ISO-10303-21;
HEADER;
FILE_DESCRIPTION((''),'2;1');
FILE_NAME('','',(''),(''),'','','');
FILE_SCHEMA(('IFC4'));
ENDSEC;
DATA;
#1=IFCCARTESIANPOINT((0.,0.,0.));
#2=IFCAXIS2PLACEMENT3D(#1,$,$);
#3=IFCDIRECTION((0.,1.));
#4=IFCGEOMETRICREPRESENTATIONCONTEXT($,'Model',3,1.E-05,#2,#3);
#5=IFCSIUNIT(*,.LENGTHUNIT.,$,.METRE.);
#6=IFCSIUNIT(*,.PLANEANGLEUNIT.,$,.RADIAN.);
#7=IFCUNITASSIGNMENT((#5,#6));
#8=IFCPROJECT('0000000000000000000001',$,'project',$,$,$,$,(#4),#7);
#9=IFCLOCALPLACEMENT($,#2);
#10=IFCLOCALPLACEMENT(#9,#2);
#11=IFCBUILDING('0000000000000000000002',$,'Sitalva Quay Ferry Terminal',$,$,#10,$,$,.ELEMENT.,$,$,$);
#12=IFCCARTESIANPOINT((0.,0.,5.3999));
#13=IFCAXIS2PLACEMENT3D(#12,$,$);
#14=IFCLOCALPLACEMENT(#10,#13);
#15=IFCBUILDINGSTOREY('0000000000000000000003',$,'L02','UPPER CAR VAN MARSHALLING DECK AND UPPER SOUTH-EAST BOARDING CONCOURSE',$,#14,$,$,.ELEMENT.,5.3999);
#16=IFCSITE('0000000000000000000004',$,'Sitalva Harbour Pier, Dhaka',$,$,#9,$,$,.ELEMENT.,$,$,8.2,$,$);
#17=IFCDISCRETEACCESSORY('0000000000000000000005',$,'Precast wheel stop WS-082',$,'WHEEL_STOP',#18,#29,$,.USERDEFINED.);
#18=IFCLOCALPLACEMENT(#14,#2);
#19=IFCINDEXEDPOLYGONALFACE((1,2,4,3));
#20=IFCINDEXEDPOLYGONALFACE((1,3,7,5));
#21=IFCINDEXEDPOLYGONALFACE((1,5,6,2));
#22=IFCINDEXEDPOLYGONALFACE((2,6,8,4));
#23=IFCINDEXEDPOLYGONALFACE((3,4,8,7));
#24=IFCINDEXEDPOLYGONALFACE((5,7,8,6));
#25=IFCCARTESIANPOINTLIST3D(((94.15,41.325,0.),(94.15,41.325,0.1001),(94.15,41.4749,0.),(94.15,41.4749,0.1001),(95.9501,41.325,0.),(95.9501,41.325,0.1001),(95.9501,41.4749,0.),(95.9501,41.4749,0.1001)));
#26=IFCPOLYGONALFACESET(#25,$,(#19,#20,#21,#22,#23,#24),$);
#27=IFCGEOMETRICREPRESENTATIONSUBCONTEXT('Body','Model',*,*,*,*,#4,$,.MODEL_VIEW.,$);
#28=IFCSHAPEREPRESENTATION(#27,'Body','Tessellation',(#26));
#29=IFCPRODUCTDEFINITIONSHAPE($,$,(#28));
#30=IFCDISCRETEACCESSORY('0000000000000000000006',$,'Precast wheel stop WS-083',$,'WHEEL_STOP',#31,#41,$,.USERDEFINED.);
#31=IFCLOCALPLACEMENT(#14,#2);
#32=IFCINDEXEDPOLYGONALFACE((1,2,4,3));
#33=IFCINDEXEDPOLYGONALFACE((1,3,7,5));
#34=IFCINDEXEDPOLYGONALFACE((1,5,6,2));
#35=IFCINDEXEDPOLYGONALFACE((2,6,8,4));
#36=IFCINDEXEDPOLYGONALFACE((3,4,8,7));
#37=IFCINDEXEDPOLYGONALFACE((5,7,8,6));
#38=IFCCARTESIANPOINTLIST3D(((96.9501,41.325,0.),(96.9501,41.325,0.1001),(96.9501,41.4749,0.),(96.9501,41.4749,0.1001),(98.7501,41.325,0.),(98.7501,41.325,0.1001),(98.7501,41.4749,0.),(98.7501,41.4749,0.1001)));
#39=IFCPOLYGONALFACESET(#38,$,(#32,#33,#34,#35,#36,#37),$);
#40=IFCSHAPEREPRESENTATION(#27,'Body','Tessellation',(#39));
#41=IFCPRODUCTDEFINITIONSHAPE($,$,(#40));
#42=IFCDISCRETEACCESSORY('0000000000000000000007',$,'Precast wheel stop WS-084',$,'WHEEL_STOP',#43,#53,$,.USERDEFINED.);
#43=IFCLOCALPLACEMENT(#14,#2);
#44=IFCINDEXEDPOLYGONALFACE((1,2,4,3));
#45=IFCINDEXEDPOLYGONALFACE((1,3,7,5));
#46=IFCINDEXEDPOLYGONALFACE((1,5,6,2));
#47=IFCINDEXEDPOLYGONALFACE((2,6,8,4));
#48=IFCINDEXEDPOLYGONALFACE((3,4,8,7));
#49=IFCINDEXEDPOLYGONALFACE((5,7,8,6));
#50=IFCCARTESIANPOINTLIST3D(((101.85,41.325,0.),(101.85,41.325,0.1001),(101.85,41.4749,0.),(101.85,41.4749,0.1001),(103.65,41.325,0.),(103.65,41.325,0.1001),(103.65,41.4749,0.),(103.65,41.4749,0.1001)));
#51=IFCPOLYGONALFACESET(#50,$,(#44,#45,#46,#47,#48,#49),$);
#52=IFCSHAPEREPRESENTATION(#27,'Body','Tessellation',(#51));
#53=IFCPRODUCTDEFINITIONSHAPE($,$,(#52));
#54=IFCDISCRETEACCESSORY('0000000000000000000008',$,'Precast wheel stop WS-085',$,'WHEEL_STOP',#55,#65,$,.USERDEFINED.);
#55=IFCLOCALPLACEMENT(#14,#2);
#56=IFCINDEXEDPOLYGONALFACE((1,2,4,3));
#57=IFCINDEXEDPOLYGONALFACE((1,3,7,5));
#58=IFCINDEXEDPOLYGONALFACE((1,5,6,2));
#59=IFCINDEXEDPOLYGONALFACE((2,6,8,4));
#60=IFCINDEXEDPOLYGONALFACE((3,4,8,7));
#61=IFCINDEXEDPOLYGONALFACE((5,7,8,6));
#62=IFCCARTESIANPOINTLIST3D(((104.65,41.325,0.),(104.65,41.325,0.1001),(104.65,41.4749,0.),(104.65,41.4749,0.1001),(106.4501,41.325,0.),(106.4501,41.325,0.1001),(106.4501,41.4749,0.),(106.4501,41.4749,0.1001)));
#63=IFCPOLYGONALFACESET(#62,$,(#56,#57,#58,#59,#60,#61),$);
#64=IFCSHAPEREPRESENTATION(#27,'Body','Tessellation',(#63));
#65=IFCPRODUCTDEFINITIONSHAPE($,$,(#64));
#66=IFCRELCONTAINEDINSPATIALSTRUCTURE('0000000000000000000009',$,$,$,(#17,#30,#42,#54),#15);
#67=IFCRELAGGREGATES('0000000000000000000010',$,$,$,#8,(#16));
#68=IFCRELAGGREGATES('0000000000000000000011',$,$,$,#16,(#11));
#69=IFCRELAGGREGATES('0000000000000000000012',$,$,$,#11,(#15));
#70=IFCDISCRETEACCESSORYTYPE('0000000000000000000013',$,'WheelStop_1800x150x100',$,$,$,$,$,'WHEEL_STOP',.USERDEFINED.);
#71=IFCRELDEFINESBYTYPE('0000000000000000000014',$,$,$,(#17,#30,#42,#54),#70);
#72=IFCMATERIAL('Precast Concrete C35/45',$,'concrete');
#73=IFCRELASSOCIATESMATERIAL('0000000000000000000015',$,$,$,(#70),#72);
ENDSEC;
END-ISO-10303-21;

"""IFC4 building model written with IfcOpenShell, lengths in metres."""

from ifc_helpers import new_model, si_unit, direction, frame, origin, origin_2d, place, context, subcontext, project, spatial, rectangle, extrude, material, type_object, element, save


model = new_model("IFC4")

# Units and contexts
model_context = context("Model", 3, precision=1e-05, world=origin(), true_north=direction((0.0, 1.0)))
body_context = subcontext(model_context, "Body", "Model", "MODEL_VIEW")
ifc_project = project(units=[si_unit("LENGTHUNIT", "METRE"), si_unit("PLANEANGLEUNIT", "RADIAN")], contexts=[model_context])

# Site, building, storey
site_placement = place(None, origin())
site = spatial("IfcSite", under=ifc_project, at=site_placement, Name="Sitalva Harbour Pier, Dhaka", CompositionType="ELEMENT", RefElevation=8.2)
building_placement = place(site_placement, origin())
building = spatial("IfcBuilding", under=site, at=building_placement, Name="Sitalva Quay Ferry Terminal", CompositionType="ELEMENT")
storey_placement = place(building_placement, frame((0.0, 0.0, 5.3999)))
storey = spatial("IfcBuildingStorey", under=building, at=storey_placement, Name="L02", Description="UPPER CAR VAN MARSHALLING DECK AND UPPER SOUTH-EAST BOARDING CONCOURSE", CompositionType="ELEMENT", Elevation=5.3999)

# Discrete accessories
ifc_material_1 = material(Name="Precast Concrete C35/45", Category="concrete")
discrete_accessory_type_1 = type_object("IfcDiscreteAccessoryType", Name="WheelStop_1800x150x100", ElementType="WHEEL_STOP", PredefinedType="USERDEFINED", material=ifc_material_1)
for number, where, z_axis, x_axis, name in (
    (1, (95.05, 41.3999, 0.0), (0.0, 0.0, 1.0), (1.0, 0.0, 0.0), "Precast wheel stop WS-082"),
    (2, (97.8501, 41.3999, 0.0), (0.0, 0.0, 1.0), (1.0, 0.0, 0.0), "Precast wheel stop WS-083"),
    (3, (102.75, 41.3999, 0.0), (0.0, 0.0, 1.0), (1.0, 0.0, 0.0), "Precast wheel stop WS-084"),
    (4, (105.55, 41.3999, 0.0), (0.0, 0.0, 1.0), (1.0, 0.0, 0.0), "Precast wheel stop WS-085"),
):
    element("IfcDiscreteAccessory", number, at=place(storey_placement, frame(where, z_axis=z_axis, x_axis=x_axis)), inside=storey, type_object=discrete_accessory_type_1, Name=name, ObjectType="WHEEL_STOP", PredefinedType="USERDEFINED", context=body_context, shape_type="SweptSolid", body=[
        extrude(rectangle(XDim=1.8, YDim=0.1499, at=origin_2d()), origin(), (0.0, 0.0, 1.0), 0.1001),
    ])

save(model, "model.ifc")
